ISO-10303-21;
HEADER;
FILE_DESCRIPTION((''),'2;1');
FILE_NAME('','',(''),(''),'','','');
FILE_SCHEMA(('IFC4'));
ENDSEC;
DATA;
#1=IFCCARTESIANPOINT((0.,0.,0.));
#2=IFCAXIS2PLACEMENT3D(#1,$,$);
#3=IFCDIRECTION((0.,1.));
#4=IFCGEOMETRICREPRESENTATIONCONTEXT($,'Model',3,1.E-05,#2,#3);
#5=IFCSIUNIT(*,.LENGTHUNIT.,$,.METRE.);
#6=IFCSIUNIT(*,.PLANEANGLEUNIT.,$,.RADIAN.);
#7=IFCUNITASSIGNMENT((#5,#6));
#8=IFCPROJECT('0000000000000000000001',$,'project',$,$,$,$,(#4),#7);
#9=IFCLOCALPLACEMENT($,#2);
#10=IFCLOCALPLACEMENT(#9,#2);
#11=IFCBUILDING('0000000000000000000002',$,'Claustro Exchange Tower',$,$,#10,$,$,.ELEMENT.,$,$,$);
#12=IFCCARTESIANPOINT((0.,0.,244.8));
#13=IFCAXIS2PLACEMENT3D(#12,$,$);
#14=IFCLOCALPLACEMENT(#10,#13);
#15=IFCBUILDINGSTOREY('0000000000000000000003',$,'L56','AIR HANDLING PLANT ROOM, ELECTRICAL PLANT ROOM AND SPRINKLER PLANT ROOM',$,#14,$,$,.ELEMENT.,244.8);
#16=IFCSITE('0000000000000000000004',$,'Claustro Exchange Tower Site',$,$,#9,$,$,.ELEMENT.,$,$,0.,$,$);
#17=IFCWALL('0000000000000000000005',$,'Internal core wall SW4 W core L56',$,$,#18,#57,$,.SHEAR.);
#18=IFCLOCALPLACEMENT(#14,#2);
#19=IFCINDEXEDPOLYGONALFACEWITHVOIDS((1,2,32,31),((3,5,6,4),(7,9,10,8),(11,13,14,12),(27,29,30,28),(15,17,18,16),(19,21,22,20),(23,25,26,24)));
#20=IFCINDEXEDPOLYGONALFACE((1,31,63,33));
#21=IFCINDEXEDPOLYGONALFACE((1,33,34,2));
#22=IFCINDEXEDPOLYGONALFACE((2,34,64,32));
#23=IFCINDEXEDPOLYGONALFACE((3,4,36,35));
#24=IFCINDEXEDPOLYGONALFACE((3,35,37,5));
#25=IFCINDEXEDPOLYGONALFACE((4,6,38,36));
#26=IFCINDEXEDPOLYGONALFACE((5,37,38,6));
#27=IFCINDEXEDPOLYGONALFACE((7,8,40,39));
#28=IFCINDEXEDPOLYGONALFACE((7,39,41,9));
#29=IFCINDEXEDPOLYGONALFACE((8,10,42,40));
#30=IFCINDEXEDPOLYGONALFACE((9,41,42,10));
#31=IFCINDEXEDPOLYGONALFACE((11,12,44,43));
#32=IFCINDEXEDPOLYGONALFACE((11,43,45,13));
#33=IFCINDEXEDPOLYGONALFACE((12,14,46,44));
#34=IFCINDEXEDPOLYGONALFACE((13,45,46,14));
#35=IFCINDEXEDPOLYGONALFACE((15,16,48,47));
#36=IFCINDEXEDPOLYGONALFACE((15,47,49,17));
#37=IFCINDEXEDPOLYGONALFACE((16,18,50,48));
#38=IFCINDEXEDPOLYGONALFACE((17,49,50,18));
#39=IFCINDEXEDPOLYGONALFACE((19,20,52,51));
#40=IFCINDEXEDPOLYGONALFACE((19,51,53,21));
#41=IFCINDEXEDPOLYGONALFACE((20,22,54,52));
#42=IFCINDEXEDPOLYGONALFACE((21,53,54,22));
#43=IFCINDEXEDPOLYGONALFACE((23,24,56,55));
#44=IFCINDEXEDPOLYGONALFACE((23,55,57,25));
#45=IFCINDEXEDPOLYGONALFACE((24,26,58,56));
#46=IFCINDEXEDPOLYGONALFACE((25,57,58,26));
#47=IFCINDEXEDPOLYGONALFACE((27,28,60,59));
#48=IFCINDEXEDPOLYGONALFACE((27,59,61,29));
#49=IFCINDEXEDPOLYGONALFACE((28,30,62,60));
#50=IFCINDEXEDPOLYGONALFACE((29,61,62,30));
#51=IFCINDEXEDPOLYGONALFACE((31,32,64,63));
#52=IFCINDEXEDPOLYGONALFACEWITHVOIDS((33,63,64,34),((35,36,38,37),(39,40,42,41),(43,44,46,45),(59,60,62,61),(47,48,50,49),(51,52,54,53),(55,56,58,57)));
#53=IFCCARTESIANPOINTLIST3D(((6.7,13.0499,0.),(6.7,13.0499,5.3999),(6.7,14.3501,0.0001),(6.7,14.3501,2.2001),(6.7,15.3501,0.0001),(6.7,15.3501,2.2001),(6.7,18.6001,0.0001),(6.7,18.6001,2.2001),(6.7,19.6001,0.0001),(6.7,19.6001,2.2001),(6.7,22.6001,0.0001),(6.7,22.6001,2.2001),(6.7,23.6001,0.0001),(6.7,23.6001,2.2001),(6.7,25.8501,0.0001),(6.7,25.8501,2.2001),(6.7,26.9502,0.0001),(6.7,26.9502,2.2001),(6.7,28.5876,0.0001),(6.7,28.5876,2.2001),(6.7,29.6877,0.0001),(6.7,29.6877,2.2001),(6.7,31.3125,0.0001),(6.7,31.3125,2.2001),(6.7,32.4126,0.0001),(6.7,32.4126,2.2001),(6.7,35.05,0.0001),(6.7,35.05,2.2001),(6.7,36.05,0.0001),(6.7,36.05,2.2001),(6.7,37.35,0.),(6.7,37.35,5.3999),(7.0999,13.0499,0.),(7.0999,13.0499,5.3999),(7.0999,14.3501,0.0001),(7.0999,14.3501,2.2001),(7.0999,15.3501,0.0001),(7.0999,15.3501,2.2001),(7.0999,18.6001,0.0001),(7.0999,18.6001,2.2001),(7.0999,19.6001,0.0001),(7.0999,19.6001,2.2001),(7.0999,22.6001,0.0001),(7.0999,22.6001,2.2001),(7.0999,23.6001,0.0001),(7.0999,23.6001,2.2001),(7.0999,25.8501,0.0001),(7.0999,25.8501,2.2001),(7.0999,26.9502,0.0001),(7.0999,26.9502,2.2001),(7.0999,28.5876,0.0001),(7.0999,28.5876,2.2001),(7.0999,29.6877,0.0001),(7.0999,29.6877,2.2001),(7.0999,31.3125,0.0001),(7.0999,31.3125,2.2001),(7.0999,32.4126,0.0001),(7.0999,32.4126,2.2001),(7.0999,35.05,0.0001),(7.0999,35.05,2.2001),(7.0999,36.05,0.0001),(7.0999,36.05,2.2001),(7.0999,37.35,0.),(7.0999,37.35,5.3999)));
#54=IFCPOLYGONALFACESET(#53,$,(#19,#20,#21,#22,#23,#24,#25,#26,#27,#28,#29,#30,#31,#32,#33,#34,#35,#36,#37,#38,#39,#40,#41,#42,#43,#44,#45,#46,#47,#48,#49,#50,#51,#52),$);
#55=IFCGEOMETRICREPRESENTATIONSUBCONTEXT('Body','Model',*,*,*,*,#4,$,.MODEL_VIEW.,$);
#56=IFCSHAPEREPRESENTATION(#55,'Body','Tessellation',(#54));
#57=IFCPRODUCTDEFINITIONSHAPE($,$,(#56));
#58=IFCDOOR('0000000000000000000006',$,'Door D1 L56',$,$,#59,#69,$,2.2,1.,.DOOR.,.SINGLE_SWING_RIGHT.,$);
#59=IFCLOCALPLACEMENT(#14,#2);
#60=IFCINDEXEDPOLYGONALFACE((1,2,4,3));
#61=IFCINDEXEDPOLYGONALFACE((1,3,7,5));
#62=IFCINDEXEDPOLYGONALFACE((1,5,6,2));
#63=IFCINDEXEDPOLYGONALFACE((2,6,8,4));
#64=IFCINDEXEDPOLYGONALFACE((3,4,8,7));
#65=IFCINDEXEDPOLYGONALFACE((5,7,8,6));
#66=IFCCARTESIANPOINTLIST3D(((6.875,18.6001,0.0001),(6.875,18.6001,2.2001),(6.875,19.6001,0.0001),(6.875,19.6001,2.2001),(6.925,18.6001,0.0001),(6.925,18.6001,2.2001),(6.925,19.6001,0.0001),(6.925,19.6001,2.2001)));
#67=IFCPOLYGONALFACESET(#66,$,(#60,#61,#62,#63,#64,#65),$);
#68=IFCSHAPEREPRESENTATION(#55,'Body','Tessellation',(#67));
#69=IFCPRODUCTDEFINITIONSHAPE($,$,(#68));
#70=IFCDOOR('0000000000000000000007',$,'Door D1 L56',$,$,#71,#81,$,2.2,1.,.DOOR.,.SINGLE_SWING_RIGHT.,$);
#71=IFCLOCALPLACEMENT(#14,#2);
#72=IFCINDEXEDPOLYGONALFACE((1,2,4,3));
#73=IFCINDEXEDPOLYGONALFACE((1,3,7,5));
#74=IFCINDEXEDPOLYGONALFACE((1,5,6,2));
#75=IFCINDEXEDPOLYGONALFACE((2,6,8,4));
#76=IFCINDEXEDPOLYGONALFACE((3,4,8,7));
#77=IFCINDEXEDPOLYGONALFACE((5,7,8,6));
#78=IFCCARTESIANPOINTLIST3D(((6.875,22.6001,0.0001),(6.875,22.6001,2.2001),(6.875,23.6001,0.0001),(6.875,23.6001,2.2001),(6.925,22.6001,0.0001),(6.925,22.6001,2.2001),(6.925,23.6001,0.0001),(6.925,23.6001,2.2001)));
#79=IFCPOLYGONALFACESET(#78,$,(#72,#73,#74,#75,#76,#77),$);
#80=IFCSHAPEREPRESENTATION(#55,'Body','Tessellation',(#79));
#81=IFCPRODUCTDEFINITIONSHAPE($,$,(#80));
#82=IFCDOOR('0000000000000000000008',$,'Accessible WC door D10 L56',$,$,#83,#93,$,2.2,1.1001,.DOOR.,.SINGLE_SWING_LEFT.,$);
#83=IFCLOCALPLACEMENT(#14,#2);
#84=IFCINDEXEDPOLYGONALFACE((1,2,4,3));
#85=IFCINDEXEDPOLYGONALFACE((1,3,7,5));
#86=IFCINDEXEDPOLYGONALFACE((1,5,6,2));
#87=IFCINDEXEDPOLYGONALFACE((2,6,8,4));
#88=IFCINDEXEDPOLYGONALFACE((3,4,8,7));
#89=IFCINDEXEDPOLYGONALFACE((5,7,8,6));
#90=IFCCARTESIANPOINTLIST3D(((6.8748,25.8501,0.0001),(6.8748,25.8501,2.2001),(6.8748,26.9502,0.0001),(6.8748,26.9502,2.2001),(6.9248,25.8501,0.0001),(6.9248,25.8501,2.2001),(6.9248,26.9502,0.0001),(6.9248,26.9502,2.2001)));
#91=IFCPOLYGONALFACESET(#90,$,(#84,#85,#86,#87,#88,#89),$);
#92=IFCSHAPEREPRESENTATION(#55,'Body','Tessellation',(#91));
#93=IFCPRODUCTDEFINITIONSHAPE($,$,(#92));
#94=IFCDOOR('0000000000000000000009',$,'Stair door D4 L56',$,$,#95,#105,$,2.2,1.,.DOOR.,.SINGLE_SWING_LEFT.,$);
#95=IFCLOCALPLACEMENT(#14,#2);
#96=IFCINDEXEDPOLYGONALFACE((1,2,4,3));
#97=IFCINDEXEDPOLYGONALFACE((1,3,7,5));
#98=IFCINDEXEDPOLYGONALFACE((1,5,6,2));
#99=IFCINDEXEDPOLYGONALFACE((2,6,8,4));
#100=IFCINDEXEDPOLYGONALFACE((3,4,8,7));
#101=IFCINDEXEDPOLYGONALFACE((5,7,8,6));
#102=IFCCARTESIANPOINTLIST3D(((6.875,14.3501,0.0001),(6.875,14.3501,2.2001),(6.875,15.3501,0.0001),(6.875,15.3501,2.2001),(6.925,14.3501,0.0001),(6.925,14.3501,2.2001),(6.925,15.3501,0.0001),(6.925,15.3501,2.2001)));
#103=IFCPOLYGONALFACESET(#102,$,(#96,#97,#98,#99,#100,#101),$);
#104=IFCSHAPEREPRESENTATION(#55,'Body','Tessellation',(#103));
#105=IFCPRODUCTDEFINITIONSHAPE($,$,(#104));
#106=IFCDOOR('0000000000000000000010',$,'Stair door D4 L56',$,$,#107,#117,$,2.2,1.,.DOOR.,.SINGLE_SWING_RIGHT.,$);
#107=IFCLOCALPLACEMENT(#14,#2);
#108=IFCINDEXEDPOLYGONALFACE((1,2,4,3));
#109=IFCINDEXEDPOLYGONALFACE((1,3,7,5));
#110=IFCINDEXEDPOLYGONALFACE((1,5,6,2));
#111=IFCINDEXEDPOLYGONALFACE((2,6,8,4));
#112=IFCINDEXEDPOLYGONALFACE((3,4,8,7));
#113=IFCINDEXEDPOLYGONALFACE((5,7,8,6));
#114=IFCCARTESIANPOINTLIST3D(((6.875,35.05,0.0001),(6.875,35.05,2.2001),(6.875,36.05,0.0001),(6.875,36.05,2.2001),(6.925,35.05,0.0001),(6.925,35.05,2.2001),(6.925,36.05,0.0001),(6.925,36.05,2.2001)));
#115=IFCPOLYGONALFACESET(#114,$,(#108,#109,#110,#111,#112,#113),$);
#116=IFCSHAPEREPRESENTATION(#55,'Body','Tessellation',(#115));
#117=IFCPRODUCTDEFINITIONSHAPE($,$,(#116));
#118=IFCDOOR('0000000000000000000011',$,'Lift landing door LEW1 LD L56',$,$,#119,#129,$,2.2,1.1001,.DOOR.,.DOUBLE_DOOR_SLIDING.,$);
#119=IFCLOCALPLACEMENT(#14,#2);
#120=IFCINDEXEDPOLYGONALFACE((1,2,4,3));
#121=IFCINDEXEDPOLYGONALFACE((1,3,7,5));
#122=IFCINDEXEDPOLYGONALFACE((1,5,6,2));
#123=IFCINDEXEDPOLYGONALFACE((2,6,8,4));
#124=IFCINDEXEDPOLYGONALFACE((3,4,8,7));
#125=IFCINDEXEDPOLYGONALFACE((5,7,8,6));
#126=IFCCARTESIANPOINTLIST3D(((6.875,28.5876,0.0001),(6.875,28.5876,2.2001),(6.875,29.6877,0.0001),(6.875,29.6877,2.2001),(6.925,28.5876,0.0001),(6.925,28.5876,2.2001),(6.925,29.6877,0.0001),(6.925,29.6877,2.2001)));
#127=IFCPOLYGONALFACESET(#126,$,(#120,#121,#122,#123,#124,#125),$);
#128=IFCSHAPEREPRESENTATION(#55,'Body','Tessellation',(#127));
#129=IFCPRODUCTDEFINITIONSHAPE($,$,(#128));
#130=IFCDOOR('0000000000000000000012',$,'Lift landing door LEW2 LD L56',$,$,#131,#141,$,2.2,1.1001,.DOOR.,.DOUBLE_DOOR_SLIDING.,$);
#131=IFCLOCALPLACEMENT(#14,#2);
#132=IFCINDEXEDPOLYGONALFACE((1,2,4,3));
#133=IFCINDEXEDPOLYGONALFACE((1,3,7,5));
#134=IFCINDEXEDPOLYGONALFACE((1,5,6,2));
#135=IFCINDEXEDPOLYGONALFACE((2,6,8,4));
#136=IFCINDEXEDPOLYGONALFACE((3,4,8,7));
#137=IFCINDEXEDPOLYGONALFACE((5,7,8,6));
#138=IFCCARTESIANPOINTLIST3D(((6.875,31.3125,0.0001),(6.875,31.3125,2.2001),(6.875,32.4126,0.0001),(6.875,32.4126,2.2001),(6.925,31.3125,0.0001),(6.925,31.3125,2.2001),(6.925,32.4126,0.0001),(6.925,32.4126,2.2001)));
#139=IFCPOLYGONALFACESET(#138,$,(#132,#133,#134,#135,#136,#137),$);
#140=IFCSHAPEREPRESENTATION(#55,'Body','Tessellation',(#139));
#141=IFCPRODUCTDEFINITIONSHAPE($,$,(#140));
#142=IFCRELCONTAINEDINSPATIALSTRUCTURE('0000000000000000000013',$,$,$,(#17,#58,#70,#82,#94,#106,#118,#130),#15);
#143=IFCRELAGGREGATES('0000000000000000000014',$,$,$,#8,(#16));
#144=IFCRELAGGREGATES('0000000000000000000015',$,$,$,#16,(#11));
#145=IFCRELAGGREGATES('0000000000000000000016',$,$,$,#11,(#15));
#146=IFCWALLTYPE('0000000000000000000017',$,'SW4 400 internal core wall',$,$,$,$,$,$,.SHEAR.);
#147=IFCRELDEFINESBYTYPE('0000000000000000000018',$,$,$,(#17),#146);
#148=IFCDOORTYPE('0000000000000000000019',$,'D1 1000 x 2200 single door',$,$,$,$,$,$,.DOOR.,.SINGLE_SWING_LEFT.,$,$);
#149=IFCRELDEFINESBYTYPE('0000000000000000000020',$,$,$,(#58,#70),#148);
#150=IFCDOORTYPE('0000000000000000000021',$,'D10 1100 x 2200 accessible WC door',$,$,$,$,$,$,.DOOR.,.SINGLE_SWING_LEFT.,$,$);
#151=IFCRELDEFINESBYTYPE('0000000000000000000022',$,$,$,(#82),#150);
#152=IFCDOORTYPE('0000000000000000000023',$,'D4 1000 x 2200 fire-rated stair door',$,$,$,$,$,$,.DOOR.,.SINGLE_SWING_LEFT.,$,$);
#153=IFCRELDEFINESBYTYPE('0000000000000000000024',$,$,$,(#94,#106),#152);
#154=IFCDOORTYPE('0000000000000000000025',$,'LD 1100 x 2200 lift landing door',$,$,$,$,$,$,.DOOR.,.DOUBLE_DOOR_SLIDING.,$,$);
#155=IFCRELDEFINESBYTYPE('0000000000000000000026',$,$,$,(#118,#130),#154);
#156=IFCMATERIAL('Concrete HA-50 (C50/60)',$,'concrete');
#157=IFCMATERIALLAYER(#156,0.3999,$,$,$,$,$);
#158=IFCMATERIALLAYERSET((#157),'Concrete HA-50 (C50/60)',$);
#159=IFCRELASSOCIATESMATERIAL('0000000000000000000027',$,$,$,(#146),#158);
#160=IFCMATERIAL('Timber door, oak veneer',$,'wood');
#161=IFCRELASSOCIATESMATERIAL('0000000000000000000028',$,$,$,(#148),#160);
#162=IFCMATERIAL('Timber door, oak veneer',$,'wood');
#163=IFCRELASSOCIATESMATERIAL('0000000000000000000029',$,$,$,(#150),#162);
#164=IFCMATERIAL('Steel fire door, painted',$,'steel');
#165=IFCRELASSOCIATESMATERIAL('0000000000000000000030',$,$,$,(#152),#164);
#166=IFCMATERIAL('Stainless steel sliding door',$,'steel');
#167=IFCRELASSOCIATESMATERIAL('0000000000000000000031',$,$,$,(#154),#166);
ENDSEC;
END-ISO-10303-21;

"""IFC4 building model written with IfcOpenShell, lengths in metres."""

from ifc_helpers import new_model, si_unit, direction, frame, frame_2d, origin, place, context, subcontext, project, spatial, rectangle, extrude, material, layer, layer_set, type_object, element, fill, save


model = new_model("IFC4")

# Units and contexts
model_context = context("Model", 3, precision=1e-05, world=origin(), true_north=direction((0.0, 1.0)))
body_context = subcontext(model_context, "Body", "Model", "MODEL_VIEW")
ifc_project = project(units=[si_unit("LENGTHUNIT", "METRE"), si_unit("PLANEANGLEUNIT", "RADIAN")], contexts=[model_context])

# Site, building, storey
site_placement = place(None, origin())
site = spatial("IfcSite", under=ifc_project, at=site_placement, Name="Claustro Exchange Tower Site", CompositionType="ELEMENT", RefElevation=0.0)
building_placement = place(site_placement, origin())
building = spatial("IfcBuilding", under=site, at=building_placement, Name="Claustro Exchange Tower", CompositionType="ELEMENT")
storey_placement = place(building_placement, frame((0.0, 0.0, 244.8)))
storey = spatial("IfcBuildingStorey", under=building, at=storey_placement, Name="L56", Description="AIR HANDLING PLANT ROOM, ELECTRICAL PLANT ROOM AND SPRINKLER PLANT ROOM", CompositionType="ELEMENT", Elevation=244.8)

# Wall, openings, doors
ifc_material_1 = material(Name="Concrete HA-50 (C50/60)", Category="concrete")
ifc_layer_1 = layer(ifc_material_1, 0.3999)
ifc_layer_set_1 = layer_set([ifc_layer_1], Name="Concrete HA-50 (C50/60)")
wall_type_1 = type_object("IfcWallType", Name="SW4 400 internal core wall", PredefinedType="SHEAR", material=ifc_layer_set_1)
wall_1_placement = place(storey_placement, frame((6.8999, 13.05, 0.0), z_axis=(0.0, 0.0, 1.0), x_axis=(0.0, 1.0, 0.0)))
wall_1 = element("IfcWall", 1, at=wall_1_placement, inside=storey, type_object=wall_type_1, Name="Internal core wall SW4 W core L56", PredefinedType="SHEAR", context=body_context, shape_type="SweptSolid", body=[
    extrude(rectangle(XDim=24.3, YDim=0.3999, at=frame_2d((12.1499, 0.0))), origin(), (0.0, 0.0, 1.0), 5.3999),
])
opening_1_placement = place(wall_1_placement, frame((1.3, 0.0, 0.0)))
opening_1 = element("IfcOpeningElement", 2, at=opening_1_placement, cuts=wall_1, PredefinedType="OPENING", context=body_context, shape_type="SweptSolid", body=[
    extrude(rectangle(XDim=1.0, YDim=2.2, at=frame_2d((0.5, 1.1001))), frame((0.0, 0.21, 0.0), z_axis=(0.0, -1.0, 0.0), x_axis=(1.0, 0.0, 0.0)), (0.0, 0.0, 1.0), 0.4199),
])
opening_2_placement = place(wall_1_placement, frame((22.0, 0.0, 0.0)))
opening_2 = element("IfcOpeningElement", 3, at=opening_2_placement, cuts=wall_1, PredefinedType="OPENING", context=body_context, shape_type="SweptSolid", body=[
    extrude(rectangle(XDim=1.0, YDim=2.2, at=frame_2d((0.5, 1.1001))), frame((0.0, 0.21, 0.0), z_axis=(0.0, -1.0, 0.0), x_axis=(1.0, 0.0, 0.0)), (0.0, 0.0, 1.0), 0.4199),
])
opening_3_placement = place(wall_1_placement, frame((5.55, 0.0, 0.0)))
opening_3 = element("IfcOpeningElement", 4, at=opening_3_placement, cuts=wall_1, PredefinedType="OPENING", context=body_context, shape_type="SweptSolid", body=[
    extrude(rectangle(XDim=1.0, YDim=2.2, at=frame_2d((0.5, 1.1001))), frame((0.0, 0.21, 0.0), z_axis=(0.0, -1.0, 0.0), x_axis=(1.0, 0.0, 0.0)), (0.0, 0.0, 1.0), 0.4199),
])
opening_4_placement = place(wall_1_placement, frame((9.55, 0.0, 0.0)))
opening_4 = element("IfcOpeningElement", 5, at=opening_4_placement, cuts=wall_1, PredefinedType="OPENING", context=body_context, shape_type="SweptSolid", body=[
    extrude(rectangle(XDim=1.0, YDim=2.2, at=frame_2d((0.5, 1.1001))), frame((0.0, 0.21, 0.0), z_axis=(0.0, -1.0, 0.0), x_axis=(1.0, 0.0, 0.0)), (0.0, 0.0, 1.0), 0.4199),
])
opening_5_placement = place(wall_1_placement, frame((12.8, 0.0, 0.0)))
opening_5 = element("IfcOpeningElement", 6, at=opening_5_placement, cuts=wall_1, PredefinedType="OPENING", context=body_context, shape_type="SweptSolid", body=[
    extrude(rectangle(XDim=1.1001, YDim=2.2, at=frame_2d((0.55, 1.1001))), frame((0.0, 0.21, 0.0), z_axis=(0.0, -1.0, 0.0), x_axis=(1.0, 0.0, 0.0)), (0.0, 0.0, 1.0), 0.4199),
])
opening_6_placement = place(wall_1_placement, frame((15.5376, 0.0, 0.0)))
opening_6 = element("IfcOpeningElement", 7, at=opening_6_placement, cuts=wall_1, PredefinedType="OPENING", context=body_context, shape_type="SweptSolid", body=[
    extrude(rectangle(XDim=1.1001, YDim=2.2, at=frame_2d((0.55, 1.1001))), frame((0.0, 0.21, 0.0), z_axis=(0.0, -1.0, 0.0), x_axis=(1.0, 0.0, 0.0)), (0.0, 0.0, 1.0), 0.4199),
])
opening_7_placement = place(wall_1_placement, frame((18.2625, 0.0, 0.0)))
opening_7 = element("IfcOpeningElement", 8, at=opening_7_placement, cuts=wall_1, PredefinedType="OPENING", context=body_context, shape_type="SweptSolid", body=[
    extrude(rectangle(XDim=1.1001, YDim=2.2, at=frame_2d((0.55, 1.1001))), frame((0.0, 0.21, 0.0), z_axis=(0.0, -1.0, 0.0), x_axis=(1.0, 0.0, 0.0)), (0.0, 0.0, 1.0), 0.4199),
])
ifc_material_2 = material(Name="Timber door, oak veneer", Category="wood")
door_type_1 = type_object("IfcDoorType", Name="D1 1000 x 2200 single door", OperationType="SINGLE_SWING_LEFT", PredefinedType="DOOR", material=ifc_material_2)
door_1_placement = place(opening_3_placement, origin())
door_1 = element("IfcDoor", 9, at=door_1_placement, inside=storey, type_object=door_type_1, Name="Door D1 L56", OperationType="SINGLE_SWING_RIGHT", OverallHeight=2.2, OverallWidth=1.0, PredefinedType="DOOR", context=body_context, shape_type="SweptSolid", body=[
    extrude(rectangle(XDim=1.0, YDim=2.2, at=frame_2d((0.5, 1.1001))), frame((0.0, 0.0249, 0.0), z_axis=(0.0, -1.0, 0.0), x_axis=(1.0, 0.0, 0.0)), (0.0, 0.0, 1.0), 0.05),
])
fill(opening_3, door_1)
door_2_placement = place(opening_4_placement, origin())
door_2 = element("IfcDoor", 10, at=door_2_placement, inside=storey, type_object=door_type_1, Name="Door D1 L56", OperationType="SINGLE_SWING_RIGHT", OverallHeight=2.2, OverallWidth=1.0, PredefinedType="DOOR", context=body_context, shape_type="SweptSolid", body=[
    extrude(rectangle(XDim=1.0, YDim=2.2, at=frame_2d((0.5, 1.1001))), frame((0.0, 0.0249, 0.0), z_axis=(0.0, -1.0, 0.0), x_axis=(1.0, 0.0, 0.0)), (0.0, 0.0, 1.0), 0.05),
])
fill(opening_4, door_2)
ifc_material_3 = material(Name="Timber door, oak veneer", Category="wood")
door_type_2 = type_object("IfcDoorType", Name="D10 1100 x 2200 accessible WC door", OperationType="SINGLE_SWING_LEFT", PredefinedType="DOOR", material=ifc_material_3)
door_3_placement = place(opening_5_placement, frame((1.1001, 0.0, 0.0), z_axis=(0.0, 0.0, 1.0), x_axis=(-1.0, 0.0, 0.0)))
door_3 = element("IfcDoor", 11, at=door_3_placement, inside=storey, type_object=door_type_2, Name="Accessible WC door D10 L56", OperationType="SINGLE_SWING_LEFT", OverallHeight=2.2, OverallWidth=1.1001, PredefinedType="DOOR", context=body_context, shape_type="SweptSolid", body=[
    extrude(rectangle(XDim=1.1001, YDim=2.2, at=frame_2d((0.55, 1.1001))), frame((0.0, 0.0249, 0.0), z_axis=(0.0, -1.0, 0.0), x_axis=(1.0, 0.0, 0.0)), (0.0, 0.0, 1.0), 0.05),
])
fill(opening_5, door_3)
ifc_material_4 = material(Name="Steel fire door, painted", Category="steel")
door_type_3 = type_object("IfcDoorType", Name="D4 1000 x 2200 fire-rated stair door", OperationType="SINGLE_SWING_LEFT", PredefinedType="DOOR", material=ifc_material_4)
door_4_placement = place(opening_1_placement, origin())
door_4 = element("IfcDoor", 12, at=door_4_placement, inside=storey, type_object=door_type_3, Name="Stair door D4 L56", OperationType="SINGLE_SWING_LEFT", OverallHeight=2.2, OverallWidth=1.0, PredefinedType="DOOR", context=body_context, shape_type="SweptSolid", body=[
    extrude(rectangle(XDim=1.0, YDim=2.2, at=frame_2d((0.5, 1.1001))), frame((0.0, 0.0249, 0.0), z_axis=(0.0, -1.0, 0.0), x_axis=(1.0, 0.0, 0.0)), (0.0, 0.0, 1.0), 0.05),
])
fill(opening_1, door_4)
door_5_placement = place(opening_2_placement, origin())
door_5 = element("IfcDoor", 13, at=door_5_placement, inside=storey, type_object=door_type_3, Name="Stair door D4 L56", OperationType="SINGLE_SWING_RIGHT", OverallHeight=2.2, OverallWidth=1.0, PredefinedType="DOOR", context=body_context, shape_type="SweptSolid", body=[
    extrude(rectangle(XDim=1.0, YDim=2.2, at=frame_2d((0.5, 1.1001))), frame((0.0, 0.0249, 0.0), z_axis=(0.0, -1.0, 0.0), x_axis=(1.0, 0.0, 0.0)), (0.0, 0.0, 1.0), 0.05),
])
fill(opening_2, door_5)
ifc_material_5 = material(Name="Stainless steel sliding door", Category="steel")
door_type_4 = type_object("IfcDoorType", Name="LD 1100 x 2200 lift landing door", OperationType="DOUBLE_DOOR_SLIDING", PredefinedType="DOOR", material=ifc_material_5)
door_6_placement = place(opening_6_placement, origin())
door_6 = element("IfcDoor", 14, at=door_6_placement, inside=storey, type_object=door_type_4, Name="Lift landing door LEW1 LD L56", OperationType="DOUBLE_DOOR_SLIDING", OverallHeight=2.2, OverallWidth=1.1001, PredefinedType="DOOR", context=body_context, shape_type="SweptSolid", body=[
    extrude(rectangle(XDim=1.1001, YDim=2.2, at=frame_2d((0.55, 1.1001))), frame((0.0, 0.0249, 0.0), z_axis=(0.0, -1.0, 0.0), x_axis=(1.0, 0.0, 0.0)), (0.0, 0.0, 1.0), 0.05),
])
fill(opening_6, door_6)
door_7_placement = place(opening_7_placement, origin())
door_7 = element("IfcDoor", 15, at=door_7_placement, inside=storey, type_object=door_type_4, Name="Lift landing door LEW2 LD L56", OperationType="DOUBLE_DOOR_SLIDING", OverallHeight=2.2, OverallWidth=1.1001, PredefinedType="DOOR", context=body_context, shape_type="SweptSolid", body=[
    extrude(rectangle(XDim=1.1001, YDim=2.2, at=frame_2d((0.55, 1.1001))), frame((0.0, 0.0249, 0.0), z_axis=(0.0, -1.0, 0.0), x_axis=(1.0, 0.0, 0.0)), (0.0, 0.0, 1.0), 0.05),
])
fill(opening_7, door_7)

save(model, "model.ifc")
